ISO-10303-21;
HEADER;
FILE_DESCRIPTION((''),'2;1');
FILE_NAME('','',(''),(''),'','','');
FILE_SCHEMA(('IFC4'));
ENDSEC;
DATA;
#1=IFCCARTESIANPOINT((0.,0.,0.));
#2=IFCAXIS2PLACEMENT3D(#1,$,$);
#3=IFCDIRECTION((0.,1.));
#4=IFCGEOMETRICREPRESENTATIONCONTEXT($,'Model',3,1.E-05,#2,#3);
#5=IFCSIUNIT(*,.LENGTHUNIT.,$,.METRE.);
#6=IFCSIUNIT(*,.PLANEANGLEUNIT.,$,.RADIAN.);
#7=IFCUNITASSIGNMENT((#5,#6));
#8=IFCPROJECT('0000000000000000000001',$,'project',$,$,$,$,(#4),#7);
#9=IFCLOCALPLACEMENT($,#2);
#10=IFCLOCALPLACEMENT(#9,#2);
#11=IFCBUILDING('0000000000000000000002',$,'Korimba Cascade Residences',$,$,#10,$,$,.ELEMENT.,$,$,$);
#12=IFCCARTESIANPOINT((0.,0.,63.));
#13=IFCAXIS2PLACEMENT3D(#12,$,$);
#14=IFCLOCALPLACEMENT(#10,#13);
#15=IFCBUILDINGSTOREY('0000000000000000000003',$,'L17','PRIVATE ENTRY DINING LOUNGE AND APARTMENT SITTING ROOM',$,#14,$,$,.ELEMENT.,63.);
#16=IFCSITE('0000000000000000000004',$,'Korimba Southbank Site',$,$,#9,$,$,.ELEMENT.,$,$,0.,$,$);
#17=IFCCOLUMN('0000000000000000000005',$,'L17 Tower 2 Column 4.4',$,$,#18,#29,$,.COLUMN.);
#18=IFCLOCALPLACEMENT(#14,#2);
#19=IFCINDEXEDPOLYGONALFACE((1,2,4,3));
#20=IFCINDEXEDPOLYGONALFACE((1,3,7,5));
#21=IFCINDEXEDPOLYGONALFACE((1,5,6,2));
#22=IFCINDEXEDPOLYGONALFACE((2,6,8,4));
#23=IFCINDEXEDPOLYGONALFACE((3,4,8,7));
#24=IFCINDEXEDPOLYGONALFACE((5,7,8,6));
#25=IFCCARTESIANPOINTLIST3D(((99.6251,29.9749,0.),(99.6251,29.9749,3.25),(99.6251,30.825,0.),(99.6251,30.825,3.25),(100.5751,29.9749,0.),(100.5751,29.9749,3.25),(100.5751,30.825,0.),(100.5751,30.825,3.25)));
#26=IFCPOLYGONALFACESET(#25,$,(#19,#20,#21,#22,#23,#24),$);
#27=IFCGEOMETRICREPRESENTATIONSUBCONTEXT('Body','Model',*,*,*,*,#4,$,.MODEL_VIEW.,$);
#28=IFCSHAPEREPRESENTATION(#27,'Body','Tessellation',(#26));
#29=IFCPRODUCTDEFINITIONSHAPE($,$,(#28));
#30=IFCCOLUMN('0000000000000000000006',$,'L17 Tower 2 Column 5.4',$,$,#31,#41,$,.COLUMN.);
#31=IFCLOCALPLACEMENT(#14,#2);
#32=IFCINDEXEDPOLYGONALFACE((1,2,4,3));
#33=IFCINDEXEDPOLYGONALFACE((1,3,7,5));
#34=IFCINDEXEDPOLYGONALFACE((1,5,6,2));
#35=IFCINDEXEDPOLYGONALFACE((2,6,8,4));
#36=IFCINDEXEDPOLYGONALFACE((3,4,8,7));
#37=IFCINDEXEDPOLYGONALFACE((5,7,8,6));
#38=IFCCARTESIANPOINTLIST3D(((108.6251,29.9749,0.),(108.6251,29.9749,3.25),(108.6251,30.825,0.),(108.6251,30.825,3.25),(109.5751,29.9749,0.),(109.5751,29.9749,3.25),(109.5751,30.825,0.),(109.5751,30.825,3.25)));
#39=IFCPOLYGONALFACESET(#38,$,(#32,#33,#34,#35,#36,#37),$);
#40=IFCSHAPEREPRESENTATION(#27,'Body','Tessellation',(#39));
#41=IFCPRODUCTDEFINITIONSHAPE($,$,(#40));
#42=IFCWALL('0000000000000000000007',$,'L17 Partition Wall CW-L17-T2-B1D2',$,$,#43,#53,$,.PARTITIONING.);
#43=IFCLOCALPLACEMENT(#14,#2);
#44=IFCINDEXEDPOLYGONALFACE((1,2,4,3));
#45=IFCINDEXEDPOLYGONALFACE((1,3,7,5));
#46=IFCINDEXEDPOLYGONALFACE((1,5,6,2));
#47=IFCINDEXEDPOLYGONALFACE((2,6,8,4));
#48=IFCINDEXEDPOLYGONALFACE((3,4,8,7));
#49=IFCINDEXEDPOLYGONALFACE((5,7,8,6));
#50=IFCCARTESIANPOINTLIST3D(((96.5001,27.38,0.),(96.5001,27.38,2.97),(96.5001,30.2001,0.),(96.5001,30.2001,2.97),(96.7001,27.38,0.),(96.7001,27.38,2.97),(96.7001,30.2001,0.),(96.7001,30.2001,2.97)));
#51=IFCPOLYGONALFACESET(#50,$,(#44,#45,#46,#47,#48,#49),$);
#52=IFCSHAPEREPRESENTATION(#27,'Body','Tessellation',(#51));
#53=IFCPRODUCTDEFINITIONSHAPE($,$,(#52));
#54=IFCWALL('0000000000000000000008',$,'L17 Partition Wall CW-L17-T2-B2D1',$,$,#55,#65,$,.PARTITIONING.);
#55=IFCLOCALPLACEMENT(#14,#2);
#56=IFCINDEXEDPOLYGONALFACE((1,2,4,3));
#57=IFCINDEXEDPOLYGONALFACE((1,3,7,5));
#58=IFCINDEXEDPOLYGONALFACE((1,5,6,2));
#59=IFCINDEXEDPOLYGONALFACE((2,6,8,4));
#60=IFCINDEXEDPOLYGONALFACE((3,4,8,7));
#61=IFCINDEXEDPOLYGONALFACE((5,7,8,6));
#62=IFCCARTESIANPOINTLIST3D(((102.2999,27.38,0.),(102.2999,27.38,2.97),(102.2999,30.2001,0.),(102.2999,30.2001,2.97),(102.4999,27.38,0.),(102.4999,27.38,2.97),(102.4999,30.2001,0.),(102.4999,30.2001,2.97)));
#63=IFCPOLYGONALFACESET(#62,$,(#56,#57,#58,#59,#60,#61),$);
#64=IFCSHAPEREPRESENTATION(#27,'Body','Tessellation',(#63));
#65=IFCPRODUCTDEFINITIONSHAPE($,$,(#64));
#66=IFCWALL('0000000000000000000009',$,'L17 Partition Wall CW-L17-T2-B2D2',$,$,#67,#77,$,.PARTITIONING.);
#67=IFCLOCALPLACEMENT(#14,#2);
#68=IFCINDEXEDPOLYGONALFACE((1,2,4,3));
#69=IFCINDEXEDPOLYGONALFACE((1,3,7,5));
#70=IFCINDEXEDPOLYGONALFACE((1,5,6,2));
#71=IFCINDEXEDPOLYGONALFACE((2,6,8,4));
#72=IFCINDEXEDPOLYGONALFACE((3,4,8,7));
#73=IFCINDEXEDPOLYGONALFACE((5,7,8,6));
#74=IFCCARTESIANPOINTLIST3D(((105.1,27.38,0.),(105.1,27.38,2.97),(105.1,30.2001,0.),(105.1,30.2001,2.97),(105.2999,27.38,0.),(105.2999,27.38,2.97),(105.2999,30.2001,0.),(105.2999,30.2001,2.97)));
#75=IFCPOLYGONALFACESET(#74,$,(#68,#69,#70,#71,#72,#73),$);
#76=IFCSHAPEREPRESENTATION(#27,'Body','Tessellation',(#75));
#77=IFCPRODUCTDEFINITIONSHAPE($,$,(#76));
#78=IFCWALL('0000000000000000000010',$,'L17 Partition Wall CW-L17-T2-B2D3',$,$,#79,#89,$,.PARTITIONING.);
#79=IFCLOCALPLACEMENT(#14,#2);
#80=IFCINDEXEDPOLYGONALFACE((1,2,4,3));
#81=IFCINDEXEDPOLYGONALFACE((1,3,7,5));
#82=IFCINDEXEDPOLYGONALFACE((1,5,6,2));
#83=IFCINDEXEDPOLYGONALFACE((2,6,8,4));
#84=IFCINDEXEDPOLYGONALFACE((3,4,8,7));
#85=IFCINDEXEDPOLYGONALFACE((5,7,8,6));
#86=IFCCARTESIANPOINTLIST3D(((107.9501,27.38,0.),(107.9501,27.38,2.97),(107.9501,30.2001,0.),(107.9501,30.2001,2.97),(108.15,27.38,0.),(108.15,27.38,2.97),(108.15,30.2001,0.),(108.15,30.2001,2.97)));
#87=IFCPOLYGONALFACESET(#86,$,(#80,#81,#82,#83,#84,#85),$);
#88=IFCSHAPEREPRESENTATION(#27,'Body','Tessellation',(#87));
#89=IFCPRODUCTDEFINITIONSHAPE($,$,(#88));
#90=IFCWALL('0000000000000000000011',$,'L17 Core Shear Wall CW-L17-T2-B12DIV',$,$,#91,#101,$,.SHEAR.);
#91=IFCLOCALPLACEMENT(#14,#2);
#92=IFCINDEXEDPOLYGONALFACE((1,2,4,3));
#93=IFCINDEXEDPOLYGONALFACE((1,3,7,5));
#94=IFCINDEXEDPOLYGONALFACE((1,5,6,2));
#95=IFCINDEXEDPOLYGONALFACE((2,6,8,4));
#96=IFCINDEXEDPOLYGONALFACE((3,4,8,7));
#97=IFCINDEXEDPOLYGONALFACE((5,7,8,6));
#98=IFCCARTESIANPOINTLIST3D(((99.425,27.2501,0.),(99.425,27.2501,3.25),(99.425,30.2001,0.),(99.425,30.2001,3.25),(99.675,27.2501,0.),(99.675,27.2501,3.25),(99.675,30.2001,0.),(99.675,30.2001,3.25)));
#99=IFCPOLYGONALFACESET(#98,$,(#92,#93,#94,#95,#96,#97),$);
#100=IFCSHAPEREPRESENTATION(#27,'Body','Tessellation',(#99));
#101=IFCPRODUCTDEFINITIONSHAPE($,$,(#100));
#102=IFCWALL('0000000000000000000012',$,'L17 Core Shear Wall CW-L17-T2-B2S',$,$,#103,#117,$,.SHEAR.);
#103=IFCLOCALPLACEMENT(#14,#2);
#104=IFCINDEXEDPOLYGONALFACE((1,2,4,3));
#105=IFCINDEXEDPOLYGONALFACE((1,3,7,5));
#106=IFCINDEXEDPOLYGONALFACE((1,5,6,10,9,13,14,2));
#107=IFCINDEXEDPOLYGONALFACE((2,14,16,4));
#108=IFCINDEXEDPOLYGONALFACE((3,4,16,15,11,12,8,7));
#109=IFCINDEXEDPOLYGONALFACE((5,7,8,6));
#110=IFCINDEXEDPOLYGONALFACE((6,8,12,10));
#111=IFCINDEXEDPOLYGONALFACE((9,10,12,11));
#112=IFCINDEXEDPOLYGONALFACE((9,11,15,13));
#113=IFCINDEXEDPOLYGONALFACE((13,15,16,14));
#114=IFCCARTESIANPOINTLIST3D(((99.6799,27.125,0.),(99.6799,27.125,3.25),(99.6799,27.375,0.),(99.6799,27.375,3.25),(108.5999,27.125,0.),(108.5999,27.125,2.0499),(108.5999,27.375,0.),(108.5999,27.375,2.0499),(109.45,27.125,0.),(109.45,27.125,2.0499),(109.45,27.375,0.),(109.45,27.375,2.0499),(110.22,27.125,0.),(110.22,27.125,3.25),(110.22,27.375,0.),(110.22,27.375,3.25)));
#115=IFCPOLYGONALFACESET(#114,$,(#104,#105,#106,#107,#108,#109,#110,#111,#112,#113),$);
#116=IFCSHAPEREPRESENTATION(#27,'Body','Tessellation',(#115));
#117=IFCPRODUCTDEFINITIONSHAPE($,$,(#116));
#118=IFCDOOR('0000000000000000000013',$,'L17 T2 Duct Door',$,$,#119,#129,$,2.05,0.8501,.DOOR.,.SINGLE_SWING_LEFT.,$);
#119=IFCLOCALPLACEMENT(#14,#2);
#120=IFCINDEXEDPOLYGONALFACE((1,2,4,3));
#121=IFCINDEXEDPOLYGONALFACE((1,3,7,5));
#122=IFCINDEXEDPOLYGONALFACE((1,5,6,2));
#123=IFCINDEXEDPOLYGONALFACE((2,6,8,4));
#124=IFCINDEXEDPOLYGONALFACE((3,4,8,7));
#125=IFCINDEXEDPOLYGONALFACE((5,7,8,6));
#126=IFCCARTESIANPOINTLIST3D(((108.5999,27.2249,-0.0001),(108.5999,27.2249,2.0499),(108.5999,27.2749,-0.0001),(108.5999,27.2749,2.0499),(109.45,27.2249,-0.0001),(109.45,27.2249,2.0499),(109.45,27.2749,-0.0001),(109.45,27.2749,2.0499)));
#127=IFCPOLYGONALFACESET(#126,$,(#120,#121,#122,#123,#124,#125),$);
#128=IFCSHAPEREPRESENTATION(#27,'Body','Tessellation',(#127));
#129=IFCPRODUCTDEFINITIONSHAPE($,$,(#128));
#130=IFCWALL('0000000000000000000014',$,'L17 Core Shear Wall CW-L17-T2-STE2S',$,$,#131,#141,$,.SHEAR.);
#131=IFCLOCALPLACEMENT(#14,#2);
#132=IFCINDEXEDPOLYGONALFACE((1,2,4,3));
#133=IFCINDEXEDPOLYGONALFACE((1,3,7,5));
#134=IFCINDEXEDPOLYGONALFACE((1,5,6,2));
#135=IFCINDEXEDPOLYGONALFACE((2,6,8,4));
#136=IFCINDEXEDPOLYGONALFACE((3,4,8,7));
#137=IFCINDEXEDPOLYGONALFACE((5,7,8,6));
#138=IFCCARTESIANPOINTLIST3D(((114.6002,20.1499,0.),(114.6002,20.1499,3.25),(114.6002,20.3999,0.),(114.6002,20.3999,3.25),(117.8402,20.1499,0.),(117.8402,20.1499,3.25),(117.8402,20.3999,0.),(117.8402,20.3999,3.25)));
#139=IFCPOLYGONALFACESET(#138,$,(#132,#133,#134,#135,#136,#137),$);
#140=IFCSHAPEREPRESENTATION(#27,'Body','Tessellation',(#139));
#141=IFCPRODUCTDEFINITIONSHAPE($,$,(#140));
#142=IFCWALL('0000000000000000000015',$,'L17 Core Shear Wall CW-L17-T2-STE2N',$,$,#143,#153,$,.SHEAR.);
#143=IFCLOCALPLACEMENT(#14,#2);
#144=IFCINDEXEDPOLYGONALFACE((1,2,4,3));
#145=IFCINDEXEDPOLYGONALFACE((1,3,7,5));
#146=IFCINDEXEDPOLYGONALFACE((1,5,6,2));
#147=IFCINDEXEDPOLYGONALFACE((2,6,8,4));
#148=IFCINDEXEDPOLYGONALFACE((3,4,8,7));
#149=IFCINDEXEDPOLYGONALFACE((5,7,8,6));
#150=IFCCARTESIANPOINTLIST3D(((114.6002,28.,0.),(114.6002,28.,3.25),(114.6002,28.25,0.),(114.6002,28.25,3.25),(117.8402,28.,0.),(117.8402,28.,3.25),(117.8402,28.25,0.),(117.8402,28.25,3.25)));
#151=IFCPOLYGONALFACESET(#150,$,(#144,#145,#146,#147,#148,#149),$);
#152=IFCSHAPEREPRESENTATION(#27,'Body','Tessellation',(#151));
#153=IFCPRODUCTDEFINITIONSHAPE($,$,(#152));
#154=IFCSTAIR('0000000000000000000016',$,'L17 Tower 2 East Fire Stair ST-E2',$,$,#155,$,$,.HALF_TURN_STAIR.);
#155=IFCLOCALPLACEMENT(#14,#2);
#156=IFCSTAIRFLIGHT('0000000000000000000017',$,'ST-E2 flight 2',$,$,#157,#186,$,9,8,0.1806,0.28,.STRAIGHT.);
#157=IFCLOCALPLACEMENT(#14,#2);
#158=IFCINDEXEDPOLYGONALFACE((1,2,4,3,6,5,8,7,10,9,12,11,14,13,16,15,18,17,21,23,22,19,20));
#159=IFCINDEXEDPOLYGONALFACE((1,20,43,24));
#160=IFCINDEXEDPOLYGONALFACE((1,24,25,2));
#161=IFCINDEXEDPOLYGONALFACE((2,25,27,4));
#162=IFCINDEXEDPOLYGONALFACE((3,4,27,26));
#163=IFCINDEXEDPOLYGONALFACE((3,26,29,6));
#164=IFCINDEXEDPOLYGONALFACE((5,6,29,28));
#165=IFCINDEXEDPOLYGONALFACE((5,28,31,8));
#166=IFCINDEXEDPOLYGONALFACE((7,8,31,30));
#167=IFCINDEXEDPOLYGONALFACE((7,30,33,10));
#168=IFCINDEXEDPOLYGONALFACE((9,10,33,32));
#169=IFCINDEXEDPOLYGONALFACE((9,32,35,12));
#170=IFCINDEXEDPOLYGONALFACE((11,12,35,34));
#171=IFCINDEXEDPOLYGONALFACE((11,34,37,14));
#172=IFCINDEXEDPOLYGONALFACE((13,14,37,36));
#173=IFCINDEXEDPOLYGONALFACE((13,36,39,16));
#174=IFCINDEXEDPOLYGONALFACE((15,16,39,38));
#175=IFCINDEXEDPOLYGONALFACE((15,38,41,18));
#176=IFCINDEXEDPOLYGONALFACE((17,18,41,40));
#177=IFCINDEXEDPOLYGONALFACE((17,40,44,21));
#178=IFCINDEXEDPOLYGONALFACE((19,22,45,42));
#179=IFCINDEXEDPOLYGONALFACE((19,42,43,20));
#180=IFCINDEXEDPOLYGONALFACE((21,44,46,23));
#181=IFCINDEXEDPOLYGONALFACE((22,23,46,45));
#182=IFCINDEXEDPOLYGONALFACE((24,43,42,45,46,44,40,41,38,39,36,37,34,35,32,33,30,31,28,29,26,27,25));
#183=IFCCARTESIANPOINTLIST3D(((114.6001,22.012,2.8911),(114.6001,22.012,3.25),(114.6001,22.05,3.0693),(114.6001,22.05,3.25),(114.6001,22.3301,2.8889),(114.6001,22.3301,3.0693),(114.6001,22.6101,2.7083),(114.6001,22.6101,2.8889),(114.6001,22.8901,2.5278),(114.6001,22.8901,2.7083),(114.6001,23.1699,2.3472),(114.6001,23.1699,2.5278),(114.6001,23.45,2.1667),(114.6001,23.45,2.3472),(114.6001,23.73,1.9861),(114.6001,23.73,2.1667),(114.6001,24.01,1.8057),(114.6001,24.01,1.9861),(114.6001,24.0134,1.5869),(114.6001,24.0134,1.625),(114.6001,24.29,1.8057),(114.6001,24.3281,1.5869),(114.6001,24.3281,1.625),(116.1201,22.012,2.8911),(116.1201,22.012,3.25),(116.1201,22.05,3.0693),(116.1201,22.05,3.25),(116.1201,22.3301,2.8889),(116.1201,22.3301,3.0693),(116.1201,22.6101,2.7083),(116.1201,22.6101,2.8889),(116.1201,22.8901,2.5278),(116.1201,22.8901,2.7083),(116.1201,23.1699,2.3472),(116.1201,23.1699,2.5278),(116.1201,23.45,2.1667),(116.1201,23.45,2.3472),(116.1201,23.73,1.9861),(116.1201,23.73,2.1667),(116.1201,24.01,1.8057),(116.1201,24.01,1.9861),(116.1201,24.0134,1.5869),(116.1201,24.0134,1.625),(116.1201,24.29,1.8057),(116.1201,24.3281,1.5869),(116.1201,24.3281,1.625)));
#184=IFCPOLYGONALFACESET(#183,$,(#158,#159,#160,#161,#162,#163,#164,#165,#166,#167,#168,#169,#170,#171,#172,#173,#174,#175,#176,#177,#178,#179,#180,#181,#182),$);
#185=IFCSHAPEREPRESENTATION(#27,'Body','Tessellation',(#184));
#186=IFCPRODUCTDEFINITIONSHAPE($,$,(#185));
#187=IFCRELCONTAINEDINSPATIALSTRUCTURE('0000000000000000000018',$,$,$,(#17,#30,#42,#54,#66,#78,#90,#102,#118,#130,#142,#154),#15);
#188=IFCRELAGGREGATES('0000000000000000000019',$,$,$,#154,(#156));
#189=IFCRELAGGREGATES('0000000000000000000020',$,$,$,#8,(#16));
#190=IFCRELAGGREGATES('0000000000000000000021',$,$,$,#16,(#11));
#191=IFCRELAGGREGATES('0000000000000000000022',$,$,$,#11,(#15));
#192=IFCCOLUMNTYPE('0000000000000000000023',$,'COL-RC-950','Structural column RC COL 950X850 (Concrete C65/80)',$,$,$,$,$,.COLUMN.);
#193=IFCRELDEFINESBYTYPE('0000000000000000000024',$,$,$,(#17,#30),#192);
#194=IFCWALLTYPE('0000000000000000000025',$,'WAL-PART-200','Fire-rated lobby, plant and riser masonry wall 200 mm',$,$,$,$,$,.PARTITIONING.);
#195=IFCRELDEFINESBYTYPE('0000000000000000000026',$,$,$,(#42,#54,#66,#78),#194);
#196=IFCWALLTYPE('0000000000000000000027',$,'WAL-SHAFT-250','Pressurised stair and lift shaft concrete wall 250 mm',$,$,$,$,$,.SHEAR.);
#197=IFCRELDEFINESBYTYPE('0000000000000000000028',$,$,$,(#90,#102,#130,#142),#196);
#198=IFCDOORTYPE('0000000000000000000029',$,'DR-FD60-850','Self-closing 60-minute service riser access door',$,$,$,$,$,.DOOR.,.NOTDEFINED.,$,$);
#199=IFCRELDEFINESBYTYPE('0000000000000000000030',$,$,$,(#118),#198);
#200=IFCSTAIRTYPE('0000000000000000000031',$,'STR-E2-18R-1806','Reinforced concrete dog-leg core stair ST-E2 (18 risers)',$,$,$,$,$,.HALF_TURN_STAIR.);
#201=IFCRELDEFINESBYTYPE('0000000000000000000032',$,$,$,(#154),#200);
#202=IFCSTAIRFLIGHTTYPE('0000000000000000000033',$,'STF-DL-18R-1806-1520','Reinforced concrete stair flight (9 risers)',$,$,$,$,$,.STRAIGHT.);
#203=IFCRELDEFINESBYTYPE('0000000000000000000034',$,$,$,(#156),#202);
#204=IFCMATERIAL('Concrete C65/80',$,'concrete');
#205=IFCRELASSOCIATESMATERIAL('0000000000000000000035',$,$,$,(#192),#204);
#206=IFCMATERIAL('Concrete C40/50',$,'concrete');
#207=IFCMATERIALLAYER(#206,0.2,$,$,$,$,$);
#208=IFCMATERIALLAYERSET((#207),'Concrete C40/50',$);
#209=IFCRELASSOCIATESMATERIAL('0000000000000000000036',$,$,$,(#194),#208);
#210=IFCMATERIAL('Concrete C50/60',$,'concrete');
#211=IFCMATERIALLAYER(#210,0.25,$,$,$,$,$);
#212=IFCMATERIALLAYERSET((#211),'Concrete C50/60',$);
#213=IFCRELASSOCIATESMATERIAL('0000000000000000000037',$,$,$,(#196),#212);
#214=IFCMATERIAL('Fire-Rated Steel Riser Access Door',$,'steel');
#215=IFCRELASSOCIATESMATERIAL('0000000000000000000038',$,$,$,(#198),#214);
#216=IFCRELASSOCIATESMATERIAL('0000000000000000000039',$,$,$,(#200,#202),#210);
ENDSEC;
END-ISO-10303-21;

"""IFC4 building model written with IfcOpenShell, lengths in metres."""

from ifc_helpers import new_model, si_unit, direction, frame, frame_2d, origin, origin_2d, place, context, subcontext, project, spatial, polyline, rectangle, outline, extrude, material, layer, layer_set, material_profile, profile_set, type_object, element, fill, aggregate, save


model = new_model("IFC4")

# Units and contexts
model_context = context("Model", 3, precision=1e-05, world=origin(), true_north=direction((0.0, 1.0)))
body_context = subcontext(model_context, "Body", "Model", "MODEL_VIEW")
ifc_project = project(units=[si_unit("LENGTHUNIT", "METRE"), si_unit("PLANEANGLEUNIT", "RADIAN")], contexts=[model_context])

# Site, building, storey
site_placement = place(None, origin())
site = spatial("IfcSite", under=ifc_project, at=site_placement, Name="Korimba Southbank Site", CompositionType="ELEMENT", RefElevation=0.0)
building_placement = place(site_placement, origin())
building = spatial("IfcBuilding", under=site, at=building_placement, Name="Korimba Cascade Residences", CompositionType="ELEMENT")
storey_placement = place(building_placement, frame((0.0, 0.0, 63.0)))
storey = spatial("IfcBuildingStorey", under=building, at=storey_placement, Name="L17", Description="PRIVATE ENTRY DINING LOUNGE AND APARTMENT SITTING ROOM", CompositionType="ELEMENT", Elevation=63.0)

# Columns
ifc_material_1 = material(Name="Concrete C65/80", Category="concrete")
ifc_material_profile = material_profile(ifc_material_1, rectangle(XDim=0.95, YDim=0.8501, at=origin_2d()), Name="Concrete C65/80")
ifc_profile_set = profile_set([ifc_material_profile], Name="Concrete C65/80")
column_type = type_object("IfcColumnType", Name="COL-RC-950", Description="Structural column RC COL 950X850 (Concrete C65/80)", PredefinedType="COLUMN", material=ifc_profile_set)
for number, where, z_axis, x_axis, name in (
    (1, (100.1001, 30.3999, 0.0), (0.0, 0.0, 1.0), (1.0, 0.0, 0.0), "L17 Tower 2 Column 4.4"),
    (2, (109.1001, 30.3999, 0.0), (0.0, 0.0, 1.0), (1.0, 0.0, 0.0), "L17 Tower 2 Column 5.4"),
):
    element("IfcColumn", number, at=place(storey_placement, frame(where, z_axis=z_axis, x_axis=x_axis)), inside=storey, type_object=column_type, Name=name, PredefinedType="COLUMN", context=body_context, shape_type="SweptSolid", body=[
        extrude(rectangle(XDim=0.95, YDim=0.8501, at=origin_2d()), origin(), (0.0, 0.0, 1.0), 3.25),
    ])

# Walls
ifc_material_2 = material(Name="Concrete C40/50", Category="concrete")
ifc_layer_1 = layer(ifc_material_2, 0.2)
ifc_layer_set_1 = layer_set([ifc_layer_1], Name="Concrete C40/50")
wall_type_1 = type_object("IfcWallType", Name="WAL-PART-200", Description="Fire-rated lobby, plant and riser masonry wall 200 mm", PredefinedType="PARTITIONING", material=ifc_layer_set_1)
for number, where, z_axis, x_axis, name in (
    (3, (96.6001, 27.3799, 0.0), (0.0, 0.0, 1.0), (0.0, 1.0, 0.0), "L17 Partition Wall CW-L17-T2-B1D2"),
    (4, (102.3999, 27.3799, 0.0), (0.0, 0.0, 1.0), (0.0, 1.0, 0.0), "L17 Partition Wall CW-L17-T2-B2D1"),
    (5, (105.2, 27.3799, 0.0), (0.0, 0.0, 1.0), (0.0, 1.0, 0.0), "L17 Partition Wall CW-L17-T2-B2D2"),
    (6, (108.05, 27.3799, 0.0), (0.0, 0.0, 1.0), (0.0, 1.0, 0.0), "L17 Partition Wall CW-L17-T2-B2D3"),
):
    element("IfcWall", number, at=place(storey_placement, frame(where, z_axis=z_axis, x_axis=x_axis)), inside=storey, type_object=wall_type_1, Name=name, PredefinedType="PARTITIONING", context=body_context, shape_type="SweptSolid", body=[
        extrude(rectangle(XDim=2.8201, YDim=0.2, at=frame_2d((1.4102, 0.0))), origin(), (0.0, 0.0, 1.0), 2.97),
    ])
ifc_material_3 = material(Name="Concrete C50/60", Category="concrete")
ifc_layer_2 = layer(ifc_material_3, 0.25)
ifc_layer_set_2 = layer_set([ifc_layer_2], Name="Concrete C50/60")
wall_type_2 = type_object("IfcWallType", Name="WAL-SHAFT-250", Description="Pressurised stair and lift shaft concrete wall 250 mm", PredefinedType="SHEAR", material=ifc_layer_set_2)
wall_1_placement = place(storey_placement, frame((99.55, 27.25, 0.0), z_axis=(0.0, 0.0, 1.0), x_axis=(0.0, 1.0, 0.0)))
element("IfcWall", 7, at=wall_1_placement, inside=storey, type_object=wall_type_2, Name="L17 Core Shear Wall CW-L17-T2-B12DIV", PredefinedType="SHEAR", context=body_context, shape_type="SweptSolid", body=[
    extrude(rectangle(XDim=2.95, YDim=0.25, at=frame_2d((1.4751, 0.0))), origin(), (0.0, 0.0, 1.0), 3.25),
])

# Wall, opening, door
wall_2_placement = place(storey_placement, frame((99.6799, 27.25, 0.0), z_axis=(0.0, 0.0, 1.0), x_axis=(1.0, 0.0, 0.0)))
wall_2 = element("IfcWall", 8, at=wall_2_placement, inside=storey, type_object=wall_type_2, Name="L17 Core Shear Wall CW-L17-T2-B2S", PredefinedType="SHEAR", context=body_context, shape_type="SweptSolid", body=[
    extrude(rectangle(XDim=10.54, YDim=0.25, at=frame_2d((5.27, 0.0))), origin(), (0.0, 0.0, 1.0), 3.25),
])
opening_placement = place(wall_2_placement, frame((8.9199, 0.0, 0.0)))
opening = element("IfcOpeningElement", 9, at=opening_placement, cuts=wall_2, PredefinedType="OPENING", context=body_context, shape_type="SweptSolid", body=[
    extrude(rectangle(XDim=0.8501, YDim=2.05, at=frame_2d((0.425, 1.0249))), frame((0.0, 0.135, 0.0), z_axis=(0.0, -1.0, 0.0), x_axis=(1.0, 0.0, 0.0)), (0.0, 0.0, 1.0), 0.27),
])
ifc_material_4 = material(Name="Fire-Rated Steel Riser Access Door", Category="steel")
door_type = type_object("IfcDoorType", Name="DR-FD60-850", Description="Self-closing 60-minute service riser access door", OperationType="NOTDEFINED", PredefinedType="DOOR", material=ifc_material_4)
door_placement = place(opening_placement, origin())
door = element("IfcDoor", 10, at=door_placement, inside=storey, type_object=door_type, Name="L17 T2 Duct Door", OperationType="SINGLE_SWING_LEFT", OverallHeight=2.05, OverallWidth=0.8501, PredefinedType="DOOR", context=body_context, shape_type="SweptSolid", body=[
    extrude(rectangle(XDim=0.8501, YDim=2.05, at=frame_2d((0.425, 1.0249))), frame((0.0, 0.0249, 0.0), z_axis=(0.0, -1.0, 0.0), x_axis=(1.0, 0.0, 0.0)), (0.0, 0.0, 1.0), 0.05),
])
fill(opening, door)

# Walls
for number, where, z_axis, x_axis, name in (
    (11, (114.6001, 20.2749, 0.0), (0.0, 0.0, 1.0), (1.0, 0.0, 0.0), "L17 Core Shear Wall CW-L17-T2-STE2S"),
    (12, (114.6001, 28.125, 0.0), (0.0, 0.0, 1.0), (1.0, 0.0, 0.0), "L17 Core Shear Wall CW-L17-T2-STE2N"),
):
    element("IfcWall", number, at=place(storey_placement, frame(where, z_axis=z_axis, x_axis=x_axis)), inside=storey, type_object=wall_type_2, Name=name, PredefinedType="SHEAR", context=body_context, shape_type="SweptSolid", body=[
        extrude(rectangle(XDim=3.24, YDim=0.25, at=frame_2d((1.6201, 0.0))), origin(), (0.0, 0.0, 1.0), 3.25),
    ])

# Stair, stair flight
stair_type = type_object("IfcStairType", Name="STR-E2-18R-1806", Description="Reinforced concrete dog-leg core stair ST-E2 (18 risers)", PredefinedType="HALF_TURN_STAIR", material=ifc_material_3)
stair_placement = place(storey_placement, origin())
stair = element("IfcStair", 13, at=stair_placement, inside=storey, type_object=stair_type, Name="L17 Tower 2 East Fire Stair ST-E2", PredefinedType="HALF_TURN_STAIR")
stair_flight_type = type_object("IfcStairFlightType", Name="STF-DL-18R-1806-1520", Description="Reinforced concrete stair flight (9 risers)", PredefinedType="STRAIGHT", material=ifc_material_3)
stair_flight_placement = place(storey_placement, frame((115.3601, 24.29, 1.625), z_axis=(0.0, 0.0, 1.0), x_axis=(0.0, -1.0, 0.0)))
stair_flight = element("IfcStairFlight", 14, at=stair_flight_placement, type_object=stair_flight_type, Name="ST-E2 flight 2", NumberOfRisers=9, NumberOfTreads=8, PredefinedType="STRAIGHT", RiserHeight=0.1806, TreadLength=0.28, context=body_context, shape_type="SweptSolid", body=[
    extrude(outline(polyline([(-0.0381, 0.0), (0.0, 0.1807), (0.28, 0.1807), (0.28, 0.3611), (0.5601, 0.3611), (0.5601, 0.5417), (0.8401, 0.5417), (0.8401, 0.7222), (1.1201, 0.7222), (1.1201, 0.9028), (1.3999, 0.9028), (1.3999, 1.0833), (1.6799, 1.0833), (1.6799, 1.2639), (1.96, 1.2639), (1.96, 1.4443), (2.24, 1.4443), (2.24, 1.625), (2.2781, 1.625), (2.2781, 1.2661), (0.2766, 0.0), (0.2766, -0.0381), (-0.0381, -0.0381), (-0.0381, 0.0)])), frame((0.0, 0.76, 0.0), z_axis=(0.0, -1.0, 0.0), x_axis=(1.0, 0.0, 0.0)), (0.0, 0.0, 1.0), 1.52),
])
aggregate(stair, [stair_flight])

save(model, "model.ifc")
